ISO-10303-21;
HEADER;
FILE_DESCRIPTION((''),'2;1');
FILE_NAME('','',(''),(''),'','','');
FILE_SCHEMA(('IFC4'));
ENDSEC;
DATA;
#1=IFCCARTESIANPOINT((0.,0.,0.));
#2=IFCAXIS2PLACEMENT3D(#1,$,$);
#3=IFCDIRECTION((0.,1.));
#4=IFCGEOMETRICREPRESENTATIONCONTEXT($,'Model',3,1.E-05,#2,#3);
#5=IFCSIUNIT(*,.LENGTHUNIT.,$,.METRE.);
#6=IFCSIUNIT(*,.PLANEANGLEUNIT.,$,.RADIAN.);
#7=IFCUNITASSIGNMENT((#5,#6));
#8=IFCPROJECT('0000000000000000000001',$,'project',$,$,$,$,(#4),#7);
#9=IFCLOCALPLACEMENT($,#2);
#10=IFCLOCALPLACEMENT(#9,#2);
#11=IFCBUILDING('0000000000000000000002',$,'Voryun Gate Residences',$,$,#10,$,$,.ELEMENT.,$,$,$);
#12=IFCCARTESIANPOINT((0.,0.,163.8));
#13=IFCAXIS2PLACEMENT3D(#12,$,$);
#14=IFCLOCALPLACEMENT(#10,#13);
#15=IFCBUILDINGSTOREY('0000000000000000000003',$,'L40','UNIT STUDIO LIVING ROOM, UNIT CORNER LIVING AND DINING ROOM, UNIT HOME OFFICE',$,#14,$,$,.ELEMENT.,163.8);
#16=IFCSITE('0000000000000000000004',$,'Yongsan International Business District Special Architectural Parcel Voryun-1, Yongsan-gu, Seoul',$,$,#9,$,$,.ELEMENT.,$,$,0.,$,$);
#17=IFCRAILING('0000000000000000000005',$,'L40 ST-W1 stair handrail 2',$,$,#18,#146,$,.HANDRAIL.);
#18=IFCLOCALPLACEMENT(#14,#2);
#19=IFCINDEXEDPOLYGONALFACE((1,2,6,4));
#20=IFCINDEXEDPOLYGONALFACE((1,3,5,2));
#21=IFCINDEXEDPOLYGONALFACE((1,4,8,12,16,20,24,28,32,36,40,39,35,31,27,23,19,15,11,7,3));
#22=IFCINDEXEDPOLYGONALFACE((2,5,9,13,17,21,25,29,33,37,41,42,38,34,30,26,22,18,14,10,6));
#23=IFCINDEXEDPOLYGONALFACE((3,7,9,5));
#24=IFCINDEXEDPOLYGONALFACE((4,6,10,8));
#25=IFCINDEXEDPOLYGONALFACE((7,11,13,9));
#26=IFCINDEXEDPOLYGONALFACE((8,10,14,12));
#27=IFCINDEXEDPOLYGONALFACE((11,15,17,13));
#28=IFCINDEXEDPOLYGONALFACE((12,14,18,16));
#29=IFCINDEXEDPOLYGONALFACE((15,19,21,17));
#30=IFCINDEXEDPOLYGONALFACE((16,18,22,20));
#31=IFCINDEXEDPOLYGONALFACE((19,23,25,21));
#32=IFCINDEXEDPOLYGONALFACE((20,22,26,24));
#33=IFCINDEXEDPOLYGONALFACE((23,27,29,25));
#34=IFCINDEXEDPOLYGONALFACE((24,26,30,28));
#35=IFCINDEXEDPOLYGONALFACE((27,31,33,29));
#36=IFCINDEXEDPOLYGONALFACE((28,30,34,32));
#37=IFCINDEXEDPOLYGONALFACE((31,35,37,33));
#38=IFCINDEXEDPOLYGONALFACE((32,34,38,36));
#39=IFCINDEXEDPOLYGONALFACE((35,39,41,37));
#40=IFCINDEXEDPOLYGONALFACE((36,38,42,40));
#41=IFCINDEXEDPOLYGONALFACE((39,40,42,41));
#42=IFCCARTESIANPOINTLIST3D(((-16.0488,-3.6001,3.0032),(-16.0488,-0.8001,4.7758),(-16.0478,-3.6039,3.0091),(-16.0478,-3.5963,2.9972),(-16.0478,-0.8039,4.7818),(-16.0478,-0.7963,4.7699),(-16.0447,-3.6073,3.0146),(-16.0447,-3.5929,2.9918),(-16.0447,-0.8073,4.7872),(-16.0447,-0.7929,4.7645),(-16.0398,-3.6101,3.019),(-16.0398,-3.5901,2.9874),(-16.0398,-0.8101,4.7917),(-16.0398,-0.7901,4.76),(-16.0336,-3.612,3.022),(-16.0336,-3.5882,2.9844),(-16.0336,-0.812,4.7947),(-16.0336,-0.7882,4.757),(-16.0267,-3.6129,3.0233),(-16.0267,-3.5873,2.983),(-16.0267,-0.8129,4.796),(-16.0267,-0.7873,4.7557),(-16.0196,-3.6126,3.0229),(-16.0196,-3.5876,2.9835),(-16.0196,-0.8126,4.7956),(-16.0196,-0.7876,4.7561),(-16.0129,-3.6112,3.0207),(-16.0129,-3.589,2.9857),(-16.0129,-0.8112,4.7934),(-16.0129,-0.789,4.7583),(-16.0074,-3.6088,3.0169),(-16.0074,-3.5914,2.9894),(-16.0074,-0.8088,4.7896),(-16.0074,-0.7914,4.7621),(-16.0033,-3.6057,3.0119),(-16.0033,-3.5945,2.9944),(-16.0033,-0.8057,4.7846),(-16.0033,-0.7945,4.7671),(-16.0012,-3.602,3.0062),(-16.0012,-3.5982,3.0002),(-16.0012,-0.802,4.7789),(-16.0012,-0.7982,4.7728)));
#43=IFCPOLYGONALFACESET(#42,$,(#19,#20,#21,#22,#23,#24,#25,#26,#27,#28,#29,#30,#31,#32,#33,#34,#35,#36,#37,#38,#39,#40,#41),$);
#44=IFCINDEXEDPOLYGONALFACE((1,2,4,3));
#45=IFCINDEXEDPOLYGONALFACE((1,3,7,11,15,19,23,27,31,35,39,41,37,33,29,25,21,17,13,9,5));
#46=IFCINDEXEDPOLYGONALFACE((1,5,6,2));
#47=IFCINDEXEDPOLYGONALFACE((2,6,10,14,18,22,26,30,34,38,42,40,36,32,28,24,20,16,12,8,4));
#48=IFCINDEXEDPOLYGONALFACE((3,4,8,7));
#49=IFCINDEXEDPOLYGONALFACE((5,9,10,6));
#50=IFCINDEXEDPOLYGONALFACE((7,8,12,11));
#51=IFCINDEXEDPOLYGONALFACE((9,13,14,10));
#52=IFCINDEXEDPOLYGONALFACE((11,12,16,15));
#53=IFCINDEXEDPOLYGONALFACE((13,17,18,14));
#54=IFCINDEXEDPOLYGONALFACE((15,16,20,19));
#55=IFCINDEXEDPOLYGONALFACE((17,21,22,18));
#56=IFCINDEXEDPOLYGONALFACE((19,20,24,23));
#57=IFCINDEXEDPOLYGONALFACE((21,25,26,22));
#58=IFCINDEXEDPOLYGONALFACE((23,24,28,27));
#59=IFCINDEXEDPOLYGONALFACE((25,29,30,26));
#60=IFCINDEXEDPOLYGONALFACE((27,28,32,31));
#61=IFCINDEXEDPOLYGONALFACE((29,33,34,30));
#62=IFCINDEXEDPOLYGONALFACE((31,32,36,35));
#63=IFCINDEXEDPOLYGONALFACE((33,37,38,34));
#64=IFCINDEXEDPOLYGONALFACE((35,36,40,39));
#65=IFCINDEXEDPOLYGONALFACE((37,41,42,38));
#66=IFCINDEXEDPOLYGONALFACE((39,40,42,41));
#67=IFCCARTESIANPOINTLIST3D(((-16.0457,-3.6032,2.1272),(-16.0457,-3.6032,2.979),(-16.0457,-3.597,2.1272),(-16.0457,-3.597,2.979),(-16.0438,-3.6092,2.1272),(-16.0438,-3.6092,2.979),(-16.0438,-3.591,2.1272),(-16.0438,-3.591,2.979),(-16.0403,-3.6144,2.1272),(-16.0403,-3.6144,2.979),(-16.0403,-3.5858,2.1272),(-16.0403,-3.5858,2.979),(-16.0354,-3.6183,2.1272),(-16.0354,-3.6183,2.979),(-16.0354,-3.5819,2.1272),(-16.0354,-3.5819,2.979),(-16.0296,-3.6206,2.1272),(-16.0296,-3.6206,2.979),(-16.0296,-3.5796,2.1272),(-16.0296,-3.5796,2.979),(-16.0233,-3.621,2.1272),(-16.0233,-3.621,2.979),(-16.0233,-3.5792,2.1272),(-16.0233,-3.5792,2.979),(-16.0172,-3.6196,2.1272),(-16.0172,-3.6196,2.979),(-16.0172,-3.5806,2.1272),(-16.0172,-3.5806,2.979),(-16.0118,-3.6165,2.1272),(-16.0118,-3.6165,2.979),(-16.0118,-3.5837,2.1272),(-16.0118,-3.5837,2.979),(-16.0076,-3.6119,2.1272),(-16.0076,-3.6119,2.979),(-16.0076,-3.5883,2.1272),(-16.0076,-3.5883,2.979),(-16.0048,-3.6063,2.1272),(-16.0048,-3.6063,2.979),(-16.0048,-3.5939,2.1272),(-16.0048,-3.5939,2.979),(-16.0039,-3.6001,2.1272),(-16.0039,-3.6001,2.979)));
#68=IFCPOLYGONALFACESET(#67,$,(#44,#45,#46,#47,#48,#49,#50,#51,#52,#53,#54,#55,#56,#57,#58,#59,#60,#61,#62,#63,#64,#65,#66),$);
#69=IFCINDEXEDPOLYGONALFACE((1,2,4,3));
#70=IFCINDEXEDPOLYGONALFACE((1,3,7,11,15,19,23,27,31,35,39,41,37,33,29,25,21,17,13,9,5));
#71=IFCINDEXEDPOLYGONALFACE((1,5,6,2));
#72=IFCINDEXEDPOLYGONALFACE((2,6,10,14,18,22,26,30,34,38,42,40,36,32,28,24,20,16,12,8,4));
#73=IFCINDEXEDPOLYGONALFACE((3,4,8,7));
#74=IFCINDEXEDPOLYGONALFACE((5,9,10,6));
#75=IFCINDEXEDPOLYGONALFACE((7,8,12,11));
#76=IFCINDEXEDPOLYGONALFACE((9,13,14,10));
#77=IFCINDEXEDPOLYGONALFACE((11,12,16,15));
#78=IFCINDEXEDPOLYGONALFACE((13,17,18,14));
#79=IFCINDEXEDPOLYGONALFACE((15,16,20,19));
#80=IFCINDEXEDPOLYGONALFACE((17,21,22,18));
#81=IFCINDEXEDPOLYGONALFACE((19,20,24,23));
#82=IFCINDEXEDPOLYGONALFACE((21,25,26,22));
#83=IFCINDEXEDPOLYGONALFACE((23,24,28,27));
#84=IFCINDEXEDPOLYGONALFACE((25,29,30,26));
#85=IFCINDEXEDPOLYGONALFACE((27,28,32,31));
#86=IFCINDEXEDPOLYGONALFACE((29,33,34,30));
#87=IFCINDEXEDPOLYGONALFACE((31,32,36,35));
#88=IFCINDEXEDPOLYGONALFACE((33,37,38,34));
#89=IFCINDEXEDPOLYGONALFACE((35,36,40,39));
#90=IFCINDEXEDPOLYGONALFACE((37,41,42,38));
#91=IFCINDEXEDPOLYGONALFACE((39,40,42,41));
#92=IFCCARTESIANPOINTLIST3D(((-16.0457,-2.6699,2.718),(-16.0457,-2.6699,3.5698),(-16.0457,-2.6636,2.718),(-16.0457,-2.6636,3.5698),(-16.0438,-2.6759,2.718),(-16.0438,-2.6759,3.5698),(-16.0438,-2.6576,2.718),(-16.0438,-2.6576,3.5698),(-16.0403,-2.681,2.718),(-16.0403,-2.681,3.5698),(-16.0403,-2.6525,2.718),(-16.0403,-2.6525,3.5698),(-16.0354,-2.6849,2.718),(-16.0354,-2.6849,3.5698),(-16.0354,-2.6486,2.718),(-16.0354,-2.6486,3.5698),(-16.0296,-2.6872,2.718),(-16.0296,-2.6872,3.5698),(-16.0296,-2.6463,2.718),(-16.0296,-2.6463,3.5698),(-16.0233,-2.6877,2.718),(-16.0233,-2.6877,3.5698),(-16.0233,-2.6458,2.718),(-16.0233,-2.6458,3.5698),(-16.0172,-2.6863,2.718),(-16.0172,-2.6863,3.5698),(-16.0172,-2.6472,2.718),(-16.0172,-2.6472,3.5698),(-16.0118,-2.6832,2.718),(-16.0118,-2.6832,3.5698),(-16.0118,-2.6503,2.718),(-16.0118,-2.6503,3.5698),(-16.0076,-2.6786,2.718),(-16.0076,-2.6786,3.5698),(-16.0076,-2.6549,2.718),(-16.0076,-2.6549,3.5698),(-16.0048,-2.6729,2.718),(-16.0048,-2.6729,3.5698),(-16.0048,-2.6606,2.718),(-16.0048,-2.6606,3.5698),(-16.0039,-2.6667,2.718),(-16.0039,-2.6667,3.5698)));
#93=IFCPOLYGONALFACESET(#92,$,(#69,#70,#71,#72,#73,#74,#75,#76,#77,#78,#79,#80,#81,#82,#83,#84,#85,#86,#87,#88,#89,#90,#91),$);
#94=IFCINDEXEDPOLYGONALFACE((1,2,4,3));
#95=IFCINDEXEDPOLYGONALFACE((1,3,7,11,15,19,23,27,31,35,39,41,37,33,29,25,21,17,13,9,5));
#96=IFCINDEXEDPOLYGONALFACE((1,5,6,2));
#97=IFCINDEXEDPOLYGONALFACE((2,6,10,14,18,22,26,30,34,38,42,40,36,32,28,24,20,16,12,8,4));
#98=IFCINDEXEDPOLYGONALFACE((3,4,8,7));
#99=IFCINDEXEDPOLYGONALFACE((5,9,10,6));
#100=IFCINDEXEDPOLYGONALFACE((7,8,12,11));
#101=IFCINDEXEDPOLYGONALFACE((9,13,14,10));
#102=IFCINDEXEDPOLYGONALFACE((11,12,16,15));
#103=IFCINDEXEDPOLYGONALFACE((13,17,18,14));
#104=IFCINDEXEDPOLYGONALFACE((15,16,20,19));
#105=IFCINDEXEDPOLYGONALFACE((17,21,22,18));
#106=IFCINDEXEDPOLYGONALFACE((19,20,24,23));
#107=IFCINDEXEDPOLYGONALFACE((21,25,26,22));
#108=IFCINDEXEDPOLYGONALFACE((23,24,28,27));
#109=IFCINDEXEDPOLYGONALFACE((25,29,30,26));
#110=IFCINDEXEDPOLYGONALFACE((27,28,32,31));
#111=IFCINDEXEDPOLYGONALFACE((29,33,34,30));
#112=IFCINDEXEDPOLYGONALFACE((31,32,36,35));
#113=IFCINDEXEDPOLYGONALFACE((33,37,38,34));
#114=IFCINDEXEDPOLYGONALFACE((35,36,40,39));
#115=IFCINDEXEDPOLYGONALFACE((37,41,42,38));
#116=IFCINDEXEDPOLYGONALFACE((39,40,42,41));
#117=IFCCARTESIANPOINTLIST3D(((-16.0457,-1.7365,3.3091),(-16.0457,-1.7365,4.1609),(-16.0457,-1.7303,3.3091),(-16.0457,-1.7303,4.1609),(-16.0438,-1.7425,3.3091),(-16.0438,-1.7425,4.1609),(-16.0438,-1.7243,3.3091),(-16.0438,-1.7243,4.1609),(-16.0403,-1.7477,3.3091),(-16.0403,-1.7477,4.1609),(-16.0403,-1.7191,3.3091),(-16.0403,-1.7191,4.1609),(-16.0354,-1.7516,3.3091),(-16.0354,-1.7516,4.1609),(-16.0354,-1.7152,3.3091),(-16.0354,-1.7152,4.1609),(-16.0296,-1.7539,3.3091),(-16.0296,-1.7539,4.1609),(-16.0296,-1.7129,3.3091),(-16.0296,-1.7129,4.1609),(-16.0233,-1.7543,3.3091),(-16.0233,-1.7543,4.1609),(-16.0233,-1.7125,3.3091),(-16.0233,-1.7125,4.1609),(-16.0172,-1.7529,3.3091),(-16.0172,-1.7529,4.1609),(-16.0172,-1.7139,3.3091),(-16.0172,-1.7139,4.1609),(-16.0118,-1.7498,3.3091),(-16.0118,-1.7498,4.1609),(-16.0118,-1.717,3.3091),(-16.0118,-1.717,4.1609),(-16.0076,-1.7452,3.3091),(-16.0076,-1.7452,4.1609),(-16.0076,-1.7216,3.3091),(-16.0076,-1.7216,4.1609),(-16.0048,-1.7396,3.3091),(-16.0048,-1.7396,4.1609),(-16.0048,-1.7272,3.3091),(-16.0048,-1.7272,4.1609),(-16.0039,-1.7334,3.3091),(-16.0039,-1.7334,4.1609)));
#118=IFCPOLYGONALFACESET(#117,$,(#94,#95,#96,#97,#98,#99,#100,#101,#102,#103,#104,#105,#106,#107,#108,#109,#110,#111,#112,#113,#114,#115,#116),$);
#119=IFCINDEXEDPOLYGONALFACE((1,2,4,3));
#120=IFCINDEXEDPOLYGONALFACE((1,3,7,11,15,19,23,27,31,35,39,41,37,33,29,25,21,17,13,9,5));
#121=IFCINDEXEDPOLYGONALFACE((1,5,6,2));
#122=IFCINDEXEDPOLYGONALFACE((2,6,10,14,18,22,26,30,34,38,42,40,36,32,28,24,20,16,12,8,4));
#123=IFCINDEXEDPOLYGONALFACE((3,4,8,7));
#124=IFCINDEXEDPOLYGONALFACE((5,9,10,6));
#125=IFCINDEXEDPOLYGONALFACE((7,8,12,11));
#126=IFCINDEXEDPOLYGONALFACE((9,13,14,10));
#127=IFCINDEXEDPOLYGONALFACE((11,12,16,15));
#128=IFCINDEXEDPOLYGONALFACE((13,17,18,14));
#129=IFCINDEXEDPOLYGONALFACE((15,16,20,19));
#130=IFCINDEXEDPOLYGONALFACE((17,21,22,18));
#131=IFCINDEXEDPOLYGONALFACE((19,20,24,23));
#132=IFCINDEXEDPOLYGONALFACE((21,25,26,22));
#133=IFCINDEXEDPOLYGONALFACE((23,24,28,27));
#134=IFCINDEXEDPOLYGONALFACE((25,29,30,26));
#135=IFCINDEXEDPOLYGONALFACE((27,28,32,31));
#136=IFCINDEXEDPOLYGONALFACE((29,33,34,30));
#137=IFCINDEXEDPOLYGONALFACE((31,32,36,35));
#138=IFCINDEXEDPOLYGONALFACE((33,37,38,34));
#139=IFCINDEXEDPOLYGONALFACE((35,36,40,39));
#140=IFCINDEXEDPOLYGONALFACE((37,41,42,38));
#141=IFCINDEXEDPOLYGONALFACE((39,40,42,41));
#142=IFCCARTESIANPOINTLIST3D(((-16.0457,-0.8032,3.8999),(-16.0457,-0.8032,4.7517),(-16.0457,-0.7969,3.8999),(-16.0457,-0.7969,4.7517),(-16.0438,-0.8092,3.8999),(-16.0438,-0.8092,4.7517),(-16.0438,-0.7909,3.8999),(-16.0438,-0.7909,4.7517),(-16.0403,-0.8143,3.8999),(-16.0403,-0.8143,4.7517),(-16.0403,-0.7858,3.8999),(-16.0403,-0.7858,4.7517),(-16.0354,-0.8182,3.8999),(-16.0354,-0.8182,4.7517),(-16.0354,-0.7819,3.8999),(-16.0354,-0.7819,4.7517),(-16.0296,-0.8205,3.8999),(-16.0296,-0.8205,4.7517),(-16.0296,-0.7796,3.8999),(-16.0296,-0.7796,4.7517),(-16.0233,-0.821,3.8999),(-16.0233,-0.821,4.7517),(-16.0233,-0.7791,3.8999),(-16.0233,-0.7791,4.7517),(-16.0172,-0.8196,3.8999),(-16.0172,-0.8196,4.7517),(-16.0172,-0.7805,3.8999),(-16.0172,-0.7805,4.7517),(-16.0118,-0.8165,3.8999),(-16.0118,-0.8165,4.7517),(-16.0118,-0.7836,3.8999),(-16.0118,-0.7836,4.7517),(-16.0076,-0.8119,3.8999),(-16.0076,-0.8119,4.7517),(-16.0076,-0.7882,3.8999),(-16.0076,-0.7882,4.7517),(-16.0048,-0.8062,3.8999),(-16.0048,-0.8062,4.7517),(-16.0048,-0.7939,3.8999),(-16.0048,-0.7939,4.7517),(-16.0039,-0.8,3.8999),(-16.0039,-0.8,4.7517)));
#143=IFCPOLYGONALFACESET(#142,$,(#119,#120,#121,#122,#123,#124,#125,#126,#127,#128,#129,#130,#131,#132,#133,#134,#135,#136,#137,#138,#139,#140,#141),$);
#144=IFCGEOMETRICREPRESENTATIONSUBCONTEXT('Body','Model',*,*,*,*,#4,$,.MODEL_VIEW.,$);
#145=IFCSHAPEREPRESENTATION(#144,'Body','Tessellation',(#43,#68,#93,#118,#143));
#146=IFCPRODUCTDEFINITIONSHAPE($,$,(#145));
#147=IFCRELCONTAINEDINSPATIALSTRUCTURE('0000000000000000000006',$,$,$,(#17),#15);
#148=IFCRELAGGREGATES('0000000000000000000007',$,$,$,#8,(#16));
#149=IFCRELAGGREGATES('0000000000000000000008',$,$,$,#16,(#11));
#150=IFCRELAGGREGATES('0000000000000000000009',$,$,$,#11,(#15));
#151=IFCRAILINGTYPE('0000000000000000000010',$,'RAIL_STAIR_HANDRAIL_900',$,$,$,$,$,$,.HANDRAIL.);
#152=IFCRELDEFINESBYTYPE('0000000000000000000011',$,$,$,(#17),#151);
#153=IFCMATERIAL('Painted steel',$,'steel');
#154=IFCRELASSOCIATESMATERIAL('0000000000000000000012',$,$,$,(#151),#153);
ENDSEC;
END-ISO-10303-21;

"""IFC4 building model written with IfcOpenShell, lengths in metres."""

from ifc_helpers import new_model, si_unit, direction, frame, origin, origin_2d, place, context, subcontext, project, spatial, circle, extrude, material, type_object, element, save


model = new_model("IFC4")

# Units and contexts
model_context = context("Model", 3, precision=1e-05, world=origin(), true_north=direction((0.0, 1.0)))
body_context = subcontext(model_context, "Body", "Model", "MODEL_VIEW")
ifc_project = project(units=[si_unit("LENGTHUNIT", "METRE"), si_unit("PLANEANGLEUNIT", "RADIAN")], contexts=[model_context])

# Site, building, storey
site_placement = place(None, origin())
site = spatial("IfcSite", under=ifc_project, at=site_placement, Name="Yongsan International Business District Special Architectural Parcel Voryun-1, Yongsan-gu, Seoul", CompositionType="ELEMENT", RefElevation=0.0)
building_placement = place(site_placement, origin())
building = spatial("IfcBuilding", under=site, at=building_placement, Name="Voryun Gate Residences", CompositionType="ELEMENT")
storey_placement = place(building_placement, frame((0.0, 0.0, 163.8)))
storey = spatial("IfcBuildingStorey", under=building, at=storey_placement, Name="L40", Description="UNIT STUDIO LIVING ROOM, UNIT CORNER LIVING AND DINING ROOM, UNIT HOME OFFICE", CompositionType="ELEMENT", Elevation=163.8)

# Railing
ifc_material_1 = material(Name="Painted steel", Category="steel")
railing_type_1 = type_object("IfcRailingType", Name="RAIL_STAIR_HANDRAIL_900", PredefinedType="HANDRAIL", material=ifc_material_1)
railing_1_placement = place(storey_placement, frame((-16.0249, -3.6001, 2.1272)))
element("IfcRailing", 1, at=railing_1_placement, inside=storey, type_object=railing_type_1, Name="L40 ST-W1 stair handrail 2", PredefinedType="HANDRAIL", context=body_context, shape_type="SweptSolid", body=[
    extrude(circle(Radius=0.0239, at=origin_2d()), frame((0.0, 0.0, 0.876), z_axis=(0.0, 0.844909, 0.53491), x_axis=(-1.0, 0.0, 0.0)), (0.0, 0.0, 1.0), 3.314),
    extrude(circle(Radius=0.021, at=origin_2d()), origin(), (0.0, 0.0, 1.0), 0.8518),
    extrude(circle(Radius=0.021, at=origin_2d()), frame((0.0, 0.9333, 0.5908)), (0.0, 0.0, 1.0), 0.8518),
    extrude(circle(Radius=0.021, at=origin_2d()), frame((0.0, 1.8667, 1.1819)), (0.0, 0.0, 1.0), 0.8518),
    extrude(circle(Radius=0.021, at=origin_2d()), frame((0.0, 2.8, 1.7727)), (0.0, 0.0, 1.0), 0.8518),
])

save(model, "model.ifc")
